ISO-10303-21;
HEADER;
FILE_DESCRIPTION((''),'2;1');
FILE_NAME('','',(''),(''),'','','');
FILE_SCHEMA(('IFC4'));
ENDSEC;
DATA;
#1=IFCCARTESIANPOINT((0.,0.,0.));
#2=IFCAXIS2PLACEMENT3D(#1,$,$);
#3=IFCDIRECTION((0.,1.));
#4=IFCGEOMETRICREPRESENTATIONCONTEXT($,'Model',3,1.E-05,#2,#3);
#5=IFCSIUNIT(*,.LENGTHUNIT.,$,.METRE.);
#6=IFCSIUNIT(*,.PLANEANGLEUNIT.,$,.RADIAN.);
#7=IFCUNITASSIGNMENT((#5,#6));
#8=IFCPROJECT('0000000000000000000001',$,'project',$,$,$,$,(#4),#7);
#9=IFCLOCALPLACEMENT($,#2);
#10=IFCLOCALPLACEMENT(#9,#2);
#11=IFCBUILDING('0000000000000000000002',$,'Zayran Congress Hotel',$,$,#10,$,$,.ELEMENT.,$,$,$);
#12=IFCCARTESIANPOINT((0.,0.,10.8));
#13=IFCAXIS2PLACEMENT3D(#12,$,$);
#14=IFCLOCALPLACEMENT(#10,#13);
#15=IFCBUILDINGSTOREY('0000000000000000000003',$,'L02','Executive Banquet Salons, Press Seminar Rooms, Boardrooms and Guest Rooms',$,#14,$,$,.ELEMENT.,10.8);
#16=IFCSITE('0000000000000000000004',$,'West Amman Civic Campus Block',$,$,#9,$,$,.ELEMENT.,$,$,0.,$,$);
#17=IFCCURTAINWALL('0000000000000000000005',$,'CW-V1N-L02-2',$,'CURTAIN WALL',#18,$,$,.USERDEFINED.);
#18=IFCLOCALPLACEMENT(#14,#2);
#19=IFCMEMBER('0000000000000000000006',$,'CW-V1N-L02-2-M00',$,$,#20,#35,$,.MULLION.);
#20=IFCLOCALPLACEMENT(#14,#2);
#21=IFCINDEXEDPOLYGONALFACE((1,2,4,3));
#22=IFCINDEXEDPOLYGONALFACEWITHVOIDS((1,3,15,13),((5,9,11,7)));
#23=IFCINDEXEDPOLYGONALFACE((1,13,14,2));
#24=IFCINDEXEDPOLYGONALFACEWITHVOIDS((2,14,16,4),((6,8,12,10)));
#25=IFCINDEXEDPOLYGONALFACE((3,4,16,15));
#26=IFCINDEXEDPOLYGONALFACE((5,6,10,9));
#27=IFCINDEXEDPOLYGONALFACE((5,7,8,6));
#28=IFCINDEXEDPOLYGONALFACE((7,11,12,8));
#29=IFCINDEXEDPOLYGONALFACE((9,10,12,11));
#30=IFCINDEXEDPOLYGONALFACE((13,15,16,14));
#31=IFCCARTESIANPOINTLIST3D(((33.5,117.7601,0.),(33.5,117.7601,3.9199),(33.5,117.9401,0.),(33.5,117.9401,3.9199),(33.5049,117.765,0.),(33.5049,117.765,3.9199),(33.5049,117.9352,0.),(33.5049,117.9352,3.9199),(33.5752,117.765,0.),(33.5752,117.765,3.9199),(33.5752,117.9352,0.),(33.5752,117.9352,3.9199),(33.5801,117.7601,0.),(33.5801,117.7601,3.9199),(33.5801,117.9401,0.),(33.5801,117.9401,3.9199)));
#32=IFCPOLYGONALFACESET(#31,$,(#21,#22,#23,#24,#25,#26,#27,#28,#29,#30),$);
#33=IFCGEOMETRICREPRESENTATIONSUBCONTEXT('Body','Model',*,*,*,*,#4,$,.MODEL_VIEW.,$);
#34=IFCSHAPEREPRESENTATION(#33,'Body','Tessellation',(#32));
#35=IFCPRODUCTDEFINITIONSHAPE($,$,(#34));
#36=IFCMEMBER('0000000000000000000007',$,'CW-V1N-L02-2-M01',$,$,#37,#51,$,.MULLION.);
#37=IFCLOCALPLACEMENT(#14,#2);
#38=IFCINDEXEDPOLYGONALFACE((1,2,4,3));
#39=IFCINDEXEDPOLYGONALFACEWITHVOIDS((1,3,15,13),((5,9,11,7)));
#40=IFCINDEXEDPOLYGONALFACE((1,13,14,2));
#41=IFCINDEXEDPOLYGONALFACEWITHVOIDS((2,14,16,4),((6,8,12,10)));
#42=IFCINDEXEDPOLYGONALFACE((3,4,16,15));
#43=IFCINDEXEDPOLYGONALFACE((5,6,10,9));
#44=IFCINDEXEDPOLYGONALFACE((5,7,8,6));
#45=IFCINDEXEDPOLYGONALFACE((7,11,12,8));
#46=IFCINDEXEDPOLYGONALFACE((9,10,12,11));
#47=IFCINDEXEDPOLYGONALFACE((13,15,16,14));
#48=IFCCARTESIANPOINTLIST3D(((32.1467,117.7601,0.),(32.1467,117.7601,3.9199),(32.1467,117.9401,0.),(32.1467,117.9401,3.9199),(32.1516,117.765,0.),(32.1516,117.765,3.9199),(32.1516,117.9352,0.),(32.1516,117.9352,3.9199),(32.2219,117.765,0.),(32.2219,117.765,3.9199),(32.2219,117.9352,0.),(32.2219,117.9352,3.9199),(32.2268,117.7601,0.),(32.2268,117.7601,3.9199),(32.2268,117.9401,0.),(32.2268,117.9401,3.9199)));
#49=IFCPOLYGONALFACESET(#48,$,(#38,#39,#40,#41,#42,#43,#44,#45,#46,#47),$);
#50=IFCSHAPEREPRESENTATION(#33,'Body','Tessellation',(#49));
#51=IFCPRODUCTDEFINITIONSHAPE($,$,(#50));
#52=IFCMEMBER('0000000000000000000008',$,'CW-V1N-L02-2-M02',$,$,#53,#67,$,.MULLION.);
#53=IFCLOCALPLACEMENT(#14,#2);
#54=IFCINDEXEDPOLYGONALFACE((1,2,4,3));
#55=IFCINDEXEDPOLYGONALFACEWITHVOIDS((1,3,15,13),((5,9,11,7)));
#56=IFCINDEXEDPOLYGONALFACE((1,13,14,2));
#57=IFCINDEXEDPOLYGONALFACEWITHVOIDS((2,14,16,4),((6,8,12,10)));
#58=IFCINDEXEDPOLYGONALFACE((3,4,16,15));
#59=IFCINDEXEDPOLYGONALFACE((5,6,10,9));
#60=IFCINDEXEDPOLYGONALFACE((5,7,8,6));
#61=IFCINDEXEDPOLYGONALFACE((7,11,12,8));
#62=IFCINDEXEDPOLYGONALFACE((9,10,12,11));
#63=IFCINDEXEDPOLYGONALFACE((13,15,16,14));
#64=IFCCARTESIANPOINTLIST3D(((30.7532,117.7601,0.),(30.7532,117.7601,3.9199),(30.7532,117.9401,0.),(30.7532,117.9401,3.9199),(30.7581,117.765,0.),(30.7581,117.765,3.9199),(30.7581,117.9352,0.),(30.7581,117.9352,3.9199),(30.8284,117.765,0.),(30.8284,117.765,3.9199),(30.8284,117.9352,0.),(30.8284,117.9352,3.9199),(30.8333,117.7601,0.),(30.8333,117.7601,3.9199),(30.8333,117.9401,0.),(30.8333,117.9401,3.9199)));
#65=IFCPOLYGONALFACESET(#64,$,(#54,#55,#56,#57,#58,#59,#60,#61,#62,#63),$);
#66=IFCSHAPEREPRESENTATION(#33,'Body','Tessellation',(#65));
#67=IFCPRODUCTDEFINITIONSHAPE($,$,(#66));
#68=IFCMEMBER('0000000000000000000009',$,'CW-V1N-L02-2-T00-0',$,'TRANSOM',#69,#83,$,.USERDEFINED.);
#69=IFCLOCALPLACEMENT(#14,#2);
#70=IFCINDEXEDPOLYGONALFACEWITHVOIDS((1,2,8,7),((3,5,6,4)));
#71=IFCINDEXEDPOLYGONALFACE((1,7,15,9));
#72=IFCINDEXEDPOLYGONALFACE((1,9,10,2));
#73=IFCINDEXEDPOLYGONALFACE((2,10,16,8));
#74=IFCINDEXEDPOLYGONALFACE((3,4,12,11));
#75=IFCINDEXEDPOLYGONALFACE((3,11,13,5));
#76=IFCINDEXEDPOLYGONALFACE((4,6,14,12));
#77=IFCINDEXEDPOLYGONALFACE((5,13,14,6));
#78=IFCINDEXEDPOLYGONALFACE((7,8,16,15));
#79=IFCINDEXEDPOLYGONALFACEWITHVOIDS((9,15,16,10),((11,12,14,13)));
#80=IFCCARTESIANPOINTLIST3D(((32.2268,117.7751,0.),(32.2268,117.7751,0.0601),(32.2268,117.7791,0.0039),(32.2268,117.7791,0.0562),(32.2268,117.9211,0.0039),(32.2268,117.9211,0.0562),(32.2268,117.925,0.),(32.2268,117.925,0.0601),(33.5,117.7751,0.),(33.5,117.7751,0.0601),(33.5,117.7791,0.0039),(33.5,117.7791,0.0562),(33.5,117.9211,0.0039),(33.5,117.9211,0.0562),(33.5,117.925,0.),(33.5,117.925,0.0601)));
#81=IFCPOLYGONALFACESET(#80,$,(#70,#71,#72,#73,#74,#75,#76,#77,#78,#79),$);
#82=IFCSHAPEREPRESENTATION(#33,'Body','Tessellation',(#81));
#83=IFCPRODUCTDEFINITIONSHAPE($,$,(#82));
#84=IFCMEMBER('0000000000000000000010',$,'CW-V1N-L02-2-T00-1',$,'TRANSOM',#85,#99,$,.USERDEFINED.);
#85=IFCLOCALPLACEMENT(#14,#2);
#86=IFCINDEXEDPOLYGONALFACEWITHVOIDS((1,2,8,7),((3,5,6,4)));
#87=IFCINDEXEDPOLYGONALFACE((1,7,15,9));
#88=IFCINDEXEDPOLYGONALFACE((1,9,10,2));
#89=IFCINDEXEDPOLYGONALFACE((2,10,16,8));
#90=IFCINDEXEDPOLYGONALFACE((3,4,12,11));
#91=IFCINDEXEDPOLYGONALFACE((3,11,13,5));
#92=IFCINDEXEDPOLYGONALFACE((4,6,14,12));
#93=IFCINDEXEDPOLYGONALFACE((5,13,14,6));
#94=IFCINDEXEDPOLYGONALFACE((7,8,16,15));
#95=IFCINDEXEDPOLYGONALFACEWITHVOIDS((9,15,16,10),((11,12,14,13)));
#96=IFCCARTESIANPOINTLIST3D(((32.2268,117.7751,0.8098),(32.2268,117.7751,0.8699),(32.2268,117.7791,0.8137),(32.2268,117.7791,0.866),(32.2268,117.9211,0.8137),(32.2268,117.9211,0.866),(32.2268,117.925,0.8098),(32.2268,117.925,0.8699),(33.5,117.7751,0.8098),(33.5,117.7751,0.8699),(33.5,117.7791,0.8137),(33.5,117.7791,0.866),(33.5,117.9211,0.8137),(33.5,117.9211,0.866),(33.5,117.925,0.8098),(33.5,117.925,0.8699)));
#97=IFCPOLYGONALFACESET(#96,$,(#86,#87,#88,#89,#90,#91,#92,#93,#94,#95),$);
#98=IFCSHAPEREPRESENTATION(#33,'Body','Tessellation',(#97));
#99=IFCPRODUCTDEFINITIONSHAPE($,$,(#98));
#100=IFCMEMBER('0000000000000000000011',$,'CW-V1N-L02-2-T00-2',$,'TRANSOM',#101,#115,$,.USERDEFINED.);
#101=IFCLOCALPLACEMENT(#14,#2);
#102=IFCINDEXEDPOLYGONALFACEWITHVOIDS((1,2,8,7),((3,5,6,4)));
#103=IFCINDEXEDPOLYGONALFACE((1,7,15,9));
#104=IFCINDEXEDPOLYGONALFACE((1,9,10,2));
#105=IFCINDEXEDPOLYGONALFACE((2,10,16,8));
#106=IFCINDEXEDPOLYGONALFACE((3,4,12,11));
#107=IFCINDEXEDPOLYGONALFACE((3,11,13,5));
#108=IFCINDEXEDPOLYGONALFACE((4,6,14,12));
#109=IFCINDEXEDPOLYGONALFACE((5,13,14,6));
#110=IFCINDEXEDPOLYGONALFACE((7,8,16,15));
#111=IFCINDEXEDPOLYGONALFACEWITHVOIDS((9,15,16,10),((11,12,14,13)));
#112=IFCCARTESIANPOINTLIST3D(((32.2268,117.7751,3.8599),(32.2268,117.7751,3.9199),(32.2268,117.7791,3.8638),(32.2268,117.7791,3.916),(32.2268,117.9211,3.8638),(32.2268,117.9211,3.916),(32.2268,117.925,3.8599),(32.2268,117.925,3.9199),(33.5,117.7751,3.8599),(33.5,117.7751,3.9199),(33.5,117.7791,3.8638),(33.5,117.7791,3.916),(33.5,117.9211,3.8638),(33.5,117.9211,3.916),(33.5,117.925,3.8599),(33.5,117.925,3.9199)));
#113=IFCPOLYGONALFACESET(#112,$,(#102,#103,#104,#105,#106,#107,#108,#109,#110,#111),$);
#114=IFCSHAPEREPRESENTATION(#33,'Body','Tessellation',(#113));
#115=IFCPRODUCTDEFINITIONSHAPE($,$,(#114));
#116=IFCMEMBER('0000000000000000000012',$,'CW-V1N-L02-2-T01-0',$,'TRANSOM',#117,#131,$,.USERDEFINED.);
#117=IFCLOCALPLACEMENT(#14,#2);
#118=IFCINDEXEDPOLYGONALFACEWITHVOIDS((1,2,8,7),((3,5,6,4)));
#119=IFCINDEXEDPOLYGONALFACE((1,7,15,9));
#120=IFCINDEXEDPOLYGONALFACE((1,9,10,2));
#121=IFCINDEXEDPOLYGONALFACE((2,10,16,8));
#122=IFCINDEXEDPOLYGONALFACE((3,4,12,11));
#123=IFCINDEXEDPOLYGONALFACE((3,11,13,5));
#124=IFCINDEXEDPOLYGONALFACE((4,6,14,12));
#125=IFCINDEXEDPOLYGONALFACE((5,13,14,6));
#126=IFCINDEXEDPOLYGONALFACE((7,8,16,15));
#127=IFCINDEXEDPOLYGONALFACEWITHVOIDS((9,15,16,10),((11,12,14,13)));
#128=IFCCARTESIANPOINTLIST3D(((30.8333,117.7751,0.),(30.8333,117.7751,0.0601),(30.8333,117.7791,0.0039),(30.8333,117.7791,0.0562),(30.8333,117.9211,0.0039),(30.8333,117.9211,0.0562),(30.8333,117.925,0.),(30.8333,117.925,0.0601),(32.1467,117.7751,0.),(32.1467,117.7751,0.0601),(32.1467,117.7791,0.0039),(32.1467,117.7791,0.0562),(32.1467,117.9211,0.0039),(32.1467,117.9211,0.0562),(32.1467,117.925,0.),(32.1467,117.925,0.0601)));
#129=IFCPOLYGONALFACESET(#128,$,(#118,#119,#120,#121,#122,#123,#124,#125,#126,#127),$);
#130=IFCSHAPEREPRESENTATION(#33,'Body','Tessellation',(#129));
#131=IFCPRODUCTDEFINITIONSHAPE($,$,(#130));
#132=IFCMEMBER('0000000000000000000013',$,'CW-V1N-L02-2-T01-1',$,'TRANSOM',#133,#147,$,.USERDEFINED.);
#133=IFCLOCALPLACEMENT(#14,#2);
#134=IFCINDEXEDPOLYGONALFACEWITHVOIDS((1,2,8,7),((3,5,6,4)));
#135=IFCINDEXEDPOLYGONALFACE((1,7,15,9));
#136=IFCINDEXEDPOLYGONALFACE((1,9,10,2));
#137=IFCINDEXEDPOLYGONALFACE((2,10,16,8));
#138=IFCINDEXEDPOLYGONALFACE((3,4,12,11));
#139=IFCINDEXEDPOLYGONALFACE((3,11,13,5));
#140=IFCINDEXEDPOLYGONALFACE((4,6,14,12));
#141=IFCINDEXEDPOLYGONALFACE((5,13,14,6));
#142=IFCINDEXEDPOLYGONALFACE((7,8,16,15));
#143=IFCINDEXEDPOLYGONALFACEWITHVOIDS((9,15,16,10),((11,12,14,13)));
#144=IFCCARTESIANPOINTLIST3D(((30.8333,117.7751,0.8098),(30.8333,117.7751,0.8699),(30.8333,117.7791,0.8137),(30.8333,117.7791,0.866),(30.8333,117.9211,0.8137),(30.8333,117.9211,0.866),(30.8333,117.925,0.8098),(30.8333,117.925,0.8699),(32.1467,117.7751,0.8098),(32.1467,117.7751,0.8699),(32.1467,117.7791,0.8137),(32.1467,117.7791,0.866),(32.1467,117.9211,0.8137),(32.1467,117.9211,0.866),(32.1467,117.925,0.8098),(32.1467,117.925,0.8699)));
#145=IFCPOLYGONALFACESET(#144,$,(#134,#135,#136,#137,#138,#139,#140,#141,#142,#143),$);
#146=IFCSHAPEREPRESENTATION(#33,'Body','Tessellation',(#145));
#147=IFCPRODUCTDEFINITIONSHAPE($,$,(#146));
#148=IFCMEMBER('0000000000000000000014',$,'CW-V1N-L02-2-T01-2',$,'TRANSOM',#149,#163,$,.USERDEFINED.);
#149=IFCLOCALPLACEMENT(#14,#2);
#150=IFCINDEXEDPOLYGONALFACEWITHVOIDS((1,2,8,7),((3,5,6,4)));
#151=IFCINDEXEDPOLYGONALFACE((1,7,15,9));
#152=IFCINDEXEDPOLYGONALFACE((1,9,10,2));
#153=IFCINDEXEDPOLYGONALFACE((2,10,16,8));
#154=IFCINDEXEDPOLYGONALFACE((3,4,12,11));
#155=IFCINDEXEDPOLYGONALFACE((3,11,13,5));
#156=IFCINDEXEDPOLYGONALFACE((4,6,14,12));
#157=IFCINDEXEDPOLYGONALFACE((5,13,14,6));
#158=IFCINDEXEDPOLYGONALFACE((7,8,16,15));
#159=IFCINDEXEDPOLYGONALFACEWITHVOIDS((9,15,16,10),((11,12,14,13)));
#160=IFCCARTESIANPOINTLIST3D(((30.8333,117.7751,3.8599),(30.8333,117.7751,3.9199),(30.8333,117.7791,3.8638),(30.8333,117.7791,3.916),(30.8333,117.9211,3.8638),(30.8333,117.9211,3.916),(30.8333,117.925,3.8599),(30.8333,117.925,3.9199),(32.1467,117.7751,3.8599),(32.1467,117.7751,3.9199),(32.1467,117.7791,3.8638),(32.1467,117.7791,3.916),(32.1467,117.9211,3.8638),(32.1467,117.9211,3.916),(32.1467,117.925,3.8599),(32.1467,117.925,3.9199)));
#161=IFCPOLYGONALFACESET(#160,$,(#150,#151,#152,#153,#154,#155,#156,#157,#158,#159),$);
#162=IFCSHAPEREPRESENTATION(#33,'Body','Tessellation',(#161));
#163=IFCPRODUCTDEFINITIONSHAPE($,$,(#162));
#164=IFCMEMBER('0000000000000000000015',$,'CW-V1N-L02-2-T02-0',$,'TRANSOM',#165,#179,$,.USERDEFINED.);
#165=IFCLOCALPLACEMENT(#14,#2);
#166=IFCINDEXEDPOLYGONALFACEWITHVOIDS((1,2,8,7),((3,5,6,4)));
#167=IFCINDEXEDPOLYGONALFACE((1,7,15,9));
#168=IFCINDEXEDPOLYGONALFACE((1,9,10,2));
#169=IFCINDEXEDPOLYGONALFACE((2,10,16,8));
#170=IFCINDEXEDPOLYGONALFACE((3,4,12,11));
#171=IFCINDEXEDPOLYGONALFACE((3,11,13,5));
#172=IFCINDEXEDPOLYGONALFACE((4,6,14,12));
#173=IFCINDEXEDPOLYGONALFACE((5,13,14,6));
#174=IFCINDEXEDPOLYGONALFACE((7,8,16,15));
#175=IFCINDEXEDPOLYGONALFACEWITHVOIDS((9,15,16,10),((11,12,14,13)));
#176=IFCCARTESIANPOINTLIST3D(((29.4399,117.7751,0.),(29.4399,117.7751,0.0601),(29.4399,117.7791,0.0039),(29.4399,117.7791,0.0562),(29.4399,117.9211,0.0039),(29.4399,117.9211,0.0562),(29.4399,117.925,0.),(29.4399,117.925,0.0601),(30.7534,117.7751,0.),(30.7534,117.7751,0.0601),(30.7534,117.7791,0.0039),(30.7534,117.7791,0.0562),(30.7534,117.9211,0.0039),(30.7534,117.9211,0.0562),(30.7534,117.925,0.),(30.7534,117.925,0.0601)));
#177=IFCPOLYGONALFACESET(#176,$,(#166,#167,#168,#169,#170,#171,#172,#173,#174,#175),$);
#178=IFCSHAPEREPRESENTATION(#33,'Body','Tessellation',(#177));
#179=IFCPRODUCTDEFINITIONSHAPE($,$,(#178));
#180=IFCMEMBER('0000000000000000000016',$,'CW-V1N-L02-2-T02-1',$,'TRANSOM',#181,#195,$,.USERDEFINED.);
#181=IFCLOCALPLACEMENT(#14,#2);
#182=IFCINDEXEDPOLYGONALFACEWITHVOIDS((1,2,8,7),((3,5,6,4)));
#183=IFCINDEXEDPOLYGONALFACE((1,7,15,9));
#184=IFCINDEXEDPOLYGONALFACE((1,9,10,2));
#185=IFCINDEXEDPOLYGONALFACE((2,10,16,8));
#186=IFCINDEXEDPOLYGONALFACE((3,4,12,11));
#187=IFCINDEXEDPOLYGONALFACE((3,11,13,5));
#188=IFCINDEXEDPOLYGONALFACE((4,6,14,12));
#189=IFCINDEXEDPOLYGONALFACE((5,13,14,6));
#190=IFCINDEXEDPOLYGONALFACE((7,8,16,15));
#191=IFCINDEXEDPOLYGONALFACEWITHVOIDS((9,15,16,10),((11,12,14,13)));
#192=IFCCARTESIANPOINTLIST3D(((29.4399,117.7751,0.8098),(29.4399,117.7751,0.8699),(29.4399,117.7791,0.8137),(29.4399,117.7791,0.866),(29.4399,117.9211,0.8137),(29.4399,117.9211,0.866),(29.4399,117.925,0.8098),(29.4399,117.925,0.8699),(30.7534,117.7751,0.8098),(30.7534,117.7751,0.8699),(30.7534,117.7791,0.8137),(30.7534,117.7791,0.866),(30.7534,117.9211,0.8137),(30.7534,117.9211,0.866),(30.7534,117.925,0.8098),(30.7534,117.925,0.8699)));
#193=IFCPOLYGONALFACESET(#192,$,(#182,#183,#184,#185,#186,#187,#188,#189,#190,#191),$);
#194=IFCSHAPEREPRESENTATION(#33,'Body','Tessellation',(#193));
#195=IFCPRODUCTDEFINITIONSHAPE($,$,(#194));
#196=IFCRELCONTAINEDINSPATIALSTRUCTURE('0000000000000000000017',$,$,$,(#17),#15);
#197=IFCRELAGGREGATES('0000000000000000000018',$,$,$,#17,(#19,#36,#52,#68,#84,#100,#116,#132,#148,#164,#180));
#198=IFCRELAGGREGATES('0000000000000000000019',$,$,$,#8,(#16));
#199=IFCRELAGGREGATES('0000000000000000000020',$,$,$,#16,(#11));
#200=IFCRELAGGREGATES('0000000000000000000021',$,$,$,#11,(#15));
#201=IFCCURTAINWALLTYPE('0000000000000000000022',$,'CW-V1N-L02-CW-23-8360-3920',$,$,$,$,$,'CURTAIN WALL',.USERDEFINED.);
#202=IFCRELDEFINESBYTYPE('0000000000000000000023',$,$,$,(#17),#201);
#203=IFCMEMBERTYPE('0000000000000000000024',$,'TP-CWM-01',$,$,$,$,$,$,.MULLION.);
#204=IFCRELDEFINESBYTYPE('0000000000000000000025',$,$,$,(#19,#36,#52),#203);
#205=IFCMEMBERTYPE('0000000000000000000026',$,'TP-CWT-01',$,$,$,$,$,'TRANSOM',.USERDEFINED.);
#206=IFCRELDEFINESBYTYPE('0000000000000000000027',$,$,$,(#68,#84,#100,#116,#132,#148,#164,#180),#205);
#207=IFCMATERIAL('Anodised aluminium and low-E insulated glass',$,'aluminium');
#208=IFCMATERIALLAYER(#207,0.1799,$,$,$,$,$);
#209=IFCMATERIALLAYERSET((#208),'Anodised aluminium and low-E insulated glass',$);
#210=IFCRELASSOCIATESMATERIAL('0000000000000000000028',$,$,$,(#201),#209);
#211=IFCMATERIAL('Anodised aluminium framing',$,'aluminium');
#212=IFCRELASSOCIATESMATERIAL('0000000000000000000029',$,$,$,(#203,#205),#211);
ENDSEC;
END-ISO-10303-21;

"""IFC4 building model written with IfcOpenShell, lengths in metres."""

from ifc_helpers import new_model, si_unit, direction, frame, origin, origin_2d, place, context, subcontext, project, spatial, hollow_rectangle, extrude, material, layer, layer_set, material_profile, profile_set, type_object, element, aggregate, save


model = new_model("IFC4")

# Units and contexts
model_context = context("Model", 3, precision=1e-05, world=origin(), true_north=direction((0.0, 1.0)))
body_context = subcontext(model_context, "Body", "Model", "MODEL_VIEW")
ifc_project = project(units=[si_unit("LENGTHUNIT", "METRE"), si_unit("PLANEANGLEUNIT", "RADIAN")], contexts=[model_context])

# Site, building, storey
site_placement = place(None, origin())
site = spatial("IfcSite", under=ifc_project, at=site_placement, Name="West Amman Civic Campus Block", CompositionType="ELEMENT", RefElevation=0.0)
building_placement = place(site_placement, origin())
building = spatial("IfcBuilding", under=site, at=building_placement, Name="Zayran Congress Hotel", CompositionType="ELEMENT")
storey_placement = place(building_placement, frame((0.0, 0.0, 10.8)))
storey = spatial("IfcBuildingStorey", under=building, at=storey_placement, Name="L02", Description="Executive Banquet Salons, Press Seminar Rooms, Boardrooms and Guest Rooms", CompositionType="ELEMENT", Elevation=10.8)

# Curtain wall, members
ifc_material_1 = material(Name="Anodised aluminium and low-E insulated glass", Category="aluminium")
ifc_layer_1 = layer(ifc_material_1, 0.1799)
ifc_layer_set_1 = layer_set([ifc_layer_1], Name="Anodised aluminium and low-E insulated glass")
curtain_wall_type = type_object("IfcCurtainWallType", Name="CW-V1N-L02-CW-23-8360-3920", ElementType="CURTAIN WALL", PredefinedType="USERDEFINED", material=ifc_layer_set_1)
curtain_wall_placement = place(storey_placement, origin())
curtain_wall = element("IfcCurtainWall", 1, at=curtain_wall_placement, inside=storey, type_object=curtain_wall_type, Name="CW-V1N-L02-2", ObjectType="CURTAIN WALL", PredefinedType="USERDEFINED")
ifc_material_2 = material(Name="Anodised aluminium framing", Category="aluminium")
ifc_material_profile_1 = material_profile(ifc_material_2, hollow_rectangle(XDim=0.0801, YDim=0.1799, WallThickness=0.0049, at=origin_2d()), Name="RHS 180x80x5")
ifc_profile_set_1 = profile_set([ifc_material_profile_1], Name="Anodised aluminium framing")
member_type_1 = type_object("IfcMemberType", Name="TP-CWM-01", PredefinedType="MULLION", material=ifc_profile_set_1)
member_1_placement = place(storey_placement, frame((33.54, 117.8501, 0.0), z_axis=(0.0, 0.0, 1.0), x_axis=(1.0, 0.0, 0.0)))
member_1 = element("IfcMember", 2, at=member_1_placement, type_object=member_type_1, Name="CW-V1N-L02-2-M00", PredefinedType="MULLION", context=body_context, shape_type="SweptSolid", body=[
    extrude(hollow_rectangle(XDim=0.0801, YDim=0.1799, WallThickness=0.0049, at=origin_2d()), origin(), (0.0, 0.0, 1.0), 3.9199),
])
member_2_placement = place(storey_placement, frame((32.1868, 117.8501, 0.0), z_axis=(0.0, 0.0, 1.0), x_axis=(1.0, 0.0, 0.0)))
member_2 = element("IfcMember", 3, at=member_2_placement, type_object=member_type_1, Name="CW-V1N-L02-2-M01", PredefinedType="MULLION", context=body_context, shape_type="SweptSolid", body=[
    extrude(hollow_rectangle(XDim=0.0801, YDim=0.1799, WallThickness=0.0049, at=origin_2d()), origin(), (0.0, 0.0, 1.0), 3.9199),
])
member_3_placement = place(storey_placement, frame((30.7932, 117.8501, 0.0), z_axis=(0.0, 0.0, 1.0), x_axis=(1.0, 0.0, 0.0)))
member_3 = element("IfcMember", 4, at=member_3_placement, type_object=member_type_1, Name="CW-V1N-L02-2-M02", PredefinedType="MULLION", context=body_context, shape_type="SweptSolid", body=[
    extrude(hollow_rectangle(XDim=0.0801, YDim=0.1799, WallThickness=0.0049, at=origin_2d()), origin(), (0.0, 0.0, 1.0), 3.9199),
])
ifc_material_profile_2 = material_profile(ifc_material_2, hollow_rectangle(XDim=0.0601, YDim=0.1499, WallThickness=0.0039, at=origin_2d()), Name="RHS 150x60x4")
ifc_profile_set_2 = profile_set([ifc_material_profile_2], Name="Anodised aluminium framing")
member_type_2 = type_object("IfcMemberType", Name="TP-CWT-01", ElementType="TRANSOM", PredefinedType="USERDEFINED", material=ifc_profile_set_2)
member_4_placement = place(storey_placement, frame((33.5, 117.8501, 0.03), z_axis=(-1.0, 0.0, 0.0), x_axis=(0.0, 0.0, 1.0)))
member_4 = element("IfcMember", 5, at=member_4_placement, type_object=member_type_2, Name="CW-V1N-L02-2-T00-0", ObjectType="TRANSOM", PredefinedType="USERDEFINED", context=body_context, shape_type="SweptSolid", body=[
    extrude(hollow_rectangle(XDim=0.0601, YDim=0.1499, WallThickness=0.0039, at=origin_2d()), origin(), (0.0, 0.0, 1.0), 1.2732),
])
member_5_placement = place(storey_placement, frame((33.5, 117.8501, 0.8398), z_axis=(-1.0, 0.0, 0.0), x_axis=(0.0, 0.0, 1.0)))
member_5 = element("IfcMember", 6, at=member_5_placement, type_object=member_type_2, Name="CW-V1N-L02-2-T00-1", ObjectType="TRANSOM", PredefinedType="USERDEFINED", context=body_context, shape_type="SweptSolid", body=[
    extrude(hollow_rectangle(XDim=0.0601, YDim=0.1499, WallThickness=0.0039, at=origin_2d()), origin(), (0.0, 0.0, 1.0), 1.2732),
])
member_6_placement = place(storey_placement, frame((33.5, 117.8501, 3.8899), z_axis=(-1.0, 0.0, 0.0), x_axis=(0.0, 0.0, 1.0)))
member_6 = element("IfcMember", 7, at=member_6_placement, type_object=member_type_2, Name="CW-V1N-L02-2-T00-2", ObjectType="TRANSOM", PredefinedType="USERDEFINED", context=body_context, shape_type="SweptSolid", body=[
    extrude(hollow_rectangle(XDim=0.0601, YDim=0.1499, WallThickness=0.0039, at=origin_2d()), origin(), (0.0, 0.0, 1.0), 1.2732),
])
member_7_placement = place(storey_placement, frame((32.1467, 117.8501, 0.03), z_axis=(-1.0, 0.0, 0.0), x_axis=(0.0, 0.0, 1.0)))
member_7 = element("IfcMember", 8, at=member_7_placement, type_object=member_type_2, Name="CW-V1N-L02-2-T01-0", ObjectType="TRANSOM", PredefinedType="USERDEFINED", context=body_context, shape_type="SweptSolid", body=[
    extrude(hollow_rectangle(XDim=0.0601, YDim=0.1499, WallThickness=0.0039, at=origin_2d()), origin(), (0.0, 0.0, 1.0), 1.3135),
])
member_8_placement = place(storey_placement, frame((32.1467, 117.8501, 0.8398), z_axis=(-1.0, 0.0, 0.0), x_axis=(0.0, 0.0, 1.0)))
member_8 = element("IfcMember", 9, at=member_8_placement, type_object=member_type_2, Name="CW-V1N-L02-2-T01-1", ObjectType="TRANSOM", PredefinedType="USERDEFINED", context=body_context, shape_type="SweptSolid", body=[
    extrude(hollow_rectangle(XDim=0.0601, YDim=0.1499, WallThickness=0.0039, at=origin_2d()), origin(), (0.0, 0.0, 1.0), 1.3135),
])
member_9_placement = place(storey_placement, frame((32.1467, 117.8501, 3.8899), z_axis=(-1.0, 0.0, 0.0), x_axis=(0.0, 0.0, 1.0)))
member_9 = element("IfcMember", 10, at=member_9_placement, type_object=member_type_2, Name="CW-V1N-L02-2-T01-2", ObjectType="TRANSOM", PredefinedType="USERDEFINED", context=body_context, shape_type="SweptSolid", body=[
    extrude(hollow_rectangle(XDim=0.0601, YDim=0.1499, WallThickness=0.0039, at=origin_2d()), origin(), (0.0, 0.0, 1.0), 1.3135),
])
member_10_placement = place(storey_placement, frame((30.7534, 117.8501, 0.03), z_axis=(-1.0, 0.0, 0.0), x_axis=(0.0, 0.0, 1.0)))
member_10 = element("IfcMember", 11, at=member_10_placement, type_object=member_type_2, Name="CW-V1N-L02-2-T02-0", ObjectType="TRANSOM", PredefinedType="USERDEFINED", context=body_context, shape_type="SweptSolid", body=[
    extrude(hollow_rectangle(XDim=0.0601, YDim=0.1499, WallThickness=0.0039, at=origin_2d()), origin(), (0.0, 0.0, 1.0), 1.3135),
])
member_11_placement = place(storey_placement, frame((30.7534, 117.8501, 0.8398), z_axis=(-1.0, 0.0, 0.0), x_axis=(0.0, 0.0, 1.0)))
member_11 = element("IfcMember", 12, at=member_11_placement, type_object=member_type_2, Name="CW-V1N-L02-2-T02-1", ObjectType="TRANSOM", PredefinedType="USERDEFINED", context=body_context, shape_type="SweptSolid", body=[
    extrude(hollow_rectangle(XDim=0.0601, YDim=0.1499, WallThickness=0.0039, at=origin_2d()), origin(), (0.0, 0.0, 1.0), 1.3135),
])
aggregate(curtain_wall, [member_1, member_2, member_3, member_4, member_5, member_6, member_7, member_8, member_9, member_10, member_11])

save(model, "model.ifc")
